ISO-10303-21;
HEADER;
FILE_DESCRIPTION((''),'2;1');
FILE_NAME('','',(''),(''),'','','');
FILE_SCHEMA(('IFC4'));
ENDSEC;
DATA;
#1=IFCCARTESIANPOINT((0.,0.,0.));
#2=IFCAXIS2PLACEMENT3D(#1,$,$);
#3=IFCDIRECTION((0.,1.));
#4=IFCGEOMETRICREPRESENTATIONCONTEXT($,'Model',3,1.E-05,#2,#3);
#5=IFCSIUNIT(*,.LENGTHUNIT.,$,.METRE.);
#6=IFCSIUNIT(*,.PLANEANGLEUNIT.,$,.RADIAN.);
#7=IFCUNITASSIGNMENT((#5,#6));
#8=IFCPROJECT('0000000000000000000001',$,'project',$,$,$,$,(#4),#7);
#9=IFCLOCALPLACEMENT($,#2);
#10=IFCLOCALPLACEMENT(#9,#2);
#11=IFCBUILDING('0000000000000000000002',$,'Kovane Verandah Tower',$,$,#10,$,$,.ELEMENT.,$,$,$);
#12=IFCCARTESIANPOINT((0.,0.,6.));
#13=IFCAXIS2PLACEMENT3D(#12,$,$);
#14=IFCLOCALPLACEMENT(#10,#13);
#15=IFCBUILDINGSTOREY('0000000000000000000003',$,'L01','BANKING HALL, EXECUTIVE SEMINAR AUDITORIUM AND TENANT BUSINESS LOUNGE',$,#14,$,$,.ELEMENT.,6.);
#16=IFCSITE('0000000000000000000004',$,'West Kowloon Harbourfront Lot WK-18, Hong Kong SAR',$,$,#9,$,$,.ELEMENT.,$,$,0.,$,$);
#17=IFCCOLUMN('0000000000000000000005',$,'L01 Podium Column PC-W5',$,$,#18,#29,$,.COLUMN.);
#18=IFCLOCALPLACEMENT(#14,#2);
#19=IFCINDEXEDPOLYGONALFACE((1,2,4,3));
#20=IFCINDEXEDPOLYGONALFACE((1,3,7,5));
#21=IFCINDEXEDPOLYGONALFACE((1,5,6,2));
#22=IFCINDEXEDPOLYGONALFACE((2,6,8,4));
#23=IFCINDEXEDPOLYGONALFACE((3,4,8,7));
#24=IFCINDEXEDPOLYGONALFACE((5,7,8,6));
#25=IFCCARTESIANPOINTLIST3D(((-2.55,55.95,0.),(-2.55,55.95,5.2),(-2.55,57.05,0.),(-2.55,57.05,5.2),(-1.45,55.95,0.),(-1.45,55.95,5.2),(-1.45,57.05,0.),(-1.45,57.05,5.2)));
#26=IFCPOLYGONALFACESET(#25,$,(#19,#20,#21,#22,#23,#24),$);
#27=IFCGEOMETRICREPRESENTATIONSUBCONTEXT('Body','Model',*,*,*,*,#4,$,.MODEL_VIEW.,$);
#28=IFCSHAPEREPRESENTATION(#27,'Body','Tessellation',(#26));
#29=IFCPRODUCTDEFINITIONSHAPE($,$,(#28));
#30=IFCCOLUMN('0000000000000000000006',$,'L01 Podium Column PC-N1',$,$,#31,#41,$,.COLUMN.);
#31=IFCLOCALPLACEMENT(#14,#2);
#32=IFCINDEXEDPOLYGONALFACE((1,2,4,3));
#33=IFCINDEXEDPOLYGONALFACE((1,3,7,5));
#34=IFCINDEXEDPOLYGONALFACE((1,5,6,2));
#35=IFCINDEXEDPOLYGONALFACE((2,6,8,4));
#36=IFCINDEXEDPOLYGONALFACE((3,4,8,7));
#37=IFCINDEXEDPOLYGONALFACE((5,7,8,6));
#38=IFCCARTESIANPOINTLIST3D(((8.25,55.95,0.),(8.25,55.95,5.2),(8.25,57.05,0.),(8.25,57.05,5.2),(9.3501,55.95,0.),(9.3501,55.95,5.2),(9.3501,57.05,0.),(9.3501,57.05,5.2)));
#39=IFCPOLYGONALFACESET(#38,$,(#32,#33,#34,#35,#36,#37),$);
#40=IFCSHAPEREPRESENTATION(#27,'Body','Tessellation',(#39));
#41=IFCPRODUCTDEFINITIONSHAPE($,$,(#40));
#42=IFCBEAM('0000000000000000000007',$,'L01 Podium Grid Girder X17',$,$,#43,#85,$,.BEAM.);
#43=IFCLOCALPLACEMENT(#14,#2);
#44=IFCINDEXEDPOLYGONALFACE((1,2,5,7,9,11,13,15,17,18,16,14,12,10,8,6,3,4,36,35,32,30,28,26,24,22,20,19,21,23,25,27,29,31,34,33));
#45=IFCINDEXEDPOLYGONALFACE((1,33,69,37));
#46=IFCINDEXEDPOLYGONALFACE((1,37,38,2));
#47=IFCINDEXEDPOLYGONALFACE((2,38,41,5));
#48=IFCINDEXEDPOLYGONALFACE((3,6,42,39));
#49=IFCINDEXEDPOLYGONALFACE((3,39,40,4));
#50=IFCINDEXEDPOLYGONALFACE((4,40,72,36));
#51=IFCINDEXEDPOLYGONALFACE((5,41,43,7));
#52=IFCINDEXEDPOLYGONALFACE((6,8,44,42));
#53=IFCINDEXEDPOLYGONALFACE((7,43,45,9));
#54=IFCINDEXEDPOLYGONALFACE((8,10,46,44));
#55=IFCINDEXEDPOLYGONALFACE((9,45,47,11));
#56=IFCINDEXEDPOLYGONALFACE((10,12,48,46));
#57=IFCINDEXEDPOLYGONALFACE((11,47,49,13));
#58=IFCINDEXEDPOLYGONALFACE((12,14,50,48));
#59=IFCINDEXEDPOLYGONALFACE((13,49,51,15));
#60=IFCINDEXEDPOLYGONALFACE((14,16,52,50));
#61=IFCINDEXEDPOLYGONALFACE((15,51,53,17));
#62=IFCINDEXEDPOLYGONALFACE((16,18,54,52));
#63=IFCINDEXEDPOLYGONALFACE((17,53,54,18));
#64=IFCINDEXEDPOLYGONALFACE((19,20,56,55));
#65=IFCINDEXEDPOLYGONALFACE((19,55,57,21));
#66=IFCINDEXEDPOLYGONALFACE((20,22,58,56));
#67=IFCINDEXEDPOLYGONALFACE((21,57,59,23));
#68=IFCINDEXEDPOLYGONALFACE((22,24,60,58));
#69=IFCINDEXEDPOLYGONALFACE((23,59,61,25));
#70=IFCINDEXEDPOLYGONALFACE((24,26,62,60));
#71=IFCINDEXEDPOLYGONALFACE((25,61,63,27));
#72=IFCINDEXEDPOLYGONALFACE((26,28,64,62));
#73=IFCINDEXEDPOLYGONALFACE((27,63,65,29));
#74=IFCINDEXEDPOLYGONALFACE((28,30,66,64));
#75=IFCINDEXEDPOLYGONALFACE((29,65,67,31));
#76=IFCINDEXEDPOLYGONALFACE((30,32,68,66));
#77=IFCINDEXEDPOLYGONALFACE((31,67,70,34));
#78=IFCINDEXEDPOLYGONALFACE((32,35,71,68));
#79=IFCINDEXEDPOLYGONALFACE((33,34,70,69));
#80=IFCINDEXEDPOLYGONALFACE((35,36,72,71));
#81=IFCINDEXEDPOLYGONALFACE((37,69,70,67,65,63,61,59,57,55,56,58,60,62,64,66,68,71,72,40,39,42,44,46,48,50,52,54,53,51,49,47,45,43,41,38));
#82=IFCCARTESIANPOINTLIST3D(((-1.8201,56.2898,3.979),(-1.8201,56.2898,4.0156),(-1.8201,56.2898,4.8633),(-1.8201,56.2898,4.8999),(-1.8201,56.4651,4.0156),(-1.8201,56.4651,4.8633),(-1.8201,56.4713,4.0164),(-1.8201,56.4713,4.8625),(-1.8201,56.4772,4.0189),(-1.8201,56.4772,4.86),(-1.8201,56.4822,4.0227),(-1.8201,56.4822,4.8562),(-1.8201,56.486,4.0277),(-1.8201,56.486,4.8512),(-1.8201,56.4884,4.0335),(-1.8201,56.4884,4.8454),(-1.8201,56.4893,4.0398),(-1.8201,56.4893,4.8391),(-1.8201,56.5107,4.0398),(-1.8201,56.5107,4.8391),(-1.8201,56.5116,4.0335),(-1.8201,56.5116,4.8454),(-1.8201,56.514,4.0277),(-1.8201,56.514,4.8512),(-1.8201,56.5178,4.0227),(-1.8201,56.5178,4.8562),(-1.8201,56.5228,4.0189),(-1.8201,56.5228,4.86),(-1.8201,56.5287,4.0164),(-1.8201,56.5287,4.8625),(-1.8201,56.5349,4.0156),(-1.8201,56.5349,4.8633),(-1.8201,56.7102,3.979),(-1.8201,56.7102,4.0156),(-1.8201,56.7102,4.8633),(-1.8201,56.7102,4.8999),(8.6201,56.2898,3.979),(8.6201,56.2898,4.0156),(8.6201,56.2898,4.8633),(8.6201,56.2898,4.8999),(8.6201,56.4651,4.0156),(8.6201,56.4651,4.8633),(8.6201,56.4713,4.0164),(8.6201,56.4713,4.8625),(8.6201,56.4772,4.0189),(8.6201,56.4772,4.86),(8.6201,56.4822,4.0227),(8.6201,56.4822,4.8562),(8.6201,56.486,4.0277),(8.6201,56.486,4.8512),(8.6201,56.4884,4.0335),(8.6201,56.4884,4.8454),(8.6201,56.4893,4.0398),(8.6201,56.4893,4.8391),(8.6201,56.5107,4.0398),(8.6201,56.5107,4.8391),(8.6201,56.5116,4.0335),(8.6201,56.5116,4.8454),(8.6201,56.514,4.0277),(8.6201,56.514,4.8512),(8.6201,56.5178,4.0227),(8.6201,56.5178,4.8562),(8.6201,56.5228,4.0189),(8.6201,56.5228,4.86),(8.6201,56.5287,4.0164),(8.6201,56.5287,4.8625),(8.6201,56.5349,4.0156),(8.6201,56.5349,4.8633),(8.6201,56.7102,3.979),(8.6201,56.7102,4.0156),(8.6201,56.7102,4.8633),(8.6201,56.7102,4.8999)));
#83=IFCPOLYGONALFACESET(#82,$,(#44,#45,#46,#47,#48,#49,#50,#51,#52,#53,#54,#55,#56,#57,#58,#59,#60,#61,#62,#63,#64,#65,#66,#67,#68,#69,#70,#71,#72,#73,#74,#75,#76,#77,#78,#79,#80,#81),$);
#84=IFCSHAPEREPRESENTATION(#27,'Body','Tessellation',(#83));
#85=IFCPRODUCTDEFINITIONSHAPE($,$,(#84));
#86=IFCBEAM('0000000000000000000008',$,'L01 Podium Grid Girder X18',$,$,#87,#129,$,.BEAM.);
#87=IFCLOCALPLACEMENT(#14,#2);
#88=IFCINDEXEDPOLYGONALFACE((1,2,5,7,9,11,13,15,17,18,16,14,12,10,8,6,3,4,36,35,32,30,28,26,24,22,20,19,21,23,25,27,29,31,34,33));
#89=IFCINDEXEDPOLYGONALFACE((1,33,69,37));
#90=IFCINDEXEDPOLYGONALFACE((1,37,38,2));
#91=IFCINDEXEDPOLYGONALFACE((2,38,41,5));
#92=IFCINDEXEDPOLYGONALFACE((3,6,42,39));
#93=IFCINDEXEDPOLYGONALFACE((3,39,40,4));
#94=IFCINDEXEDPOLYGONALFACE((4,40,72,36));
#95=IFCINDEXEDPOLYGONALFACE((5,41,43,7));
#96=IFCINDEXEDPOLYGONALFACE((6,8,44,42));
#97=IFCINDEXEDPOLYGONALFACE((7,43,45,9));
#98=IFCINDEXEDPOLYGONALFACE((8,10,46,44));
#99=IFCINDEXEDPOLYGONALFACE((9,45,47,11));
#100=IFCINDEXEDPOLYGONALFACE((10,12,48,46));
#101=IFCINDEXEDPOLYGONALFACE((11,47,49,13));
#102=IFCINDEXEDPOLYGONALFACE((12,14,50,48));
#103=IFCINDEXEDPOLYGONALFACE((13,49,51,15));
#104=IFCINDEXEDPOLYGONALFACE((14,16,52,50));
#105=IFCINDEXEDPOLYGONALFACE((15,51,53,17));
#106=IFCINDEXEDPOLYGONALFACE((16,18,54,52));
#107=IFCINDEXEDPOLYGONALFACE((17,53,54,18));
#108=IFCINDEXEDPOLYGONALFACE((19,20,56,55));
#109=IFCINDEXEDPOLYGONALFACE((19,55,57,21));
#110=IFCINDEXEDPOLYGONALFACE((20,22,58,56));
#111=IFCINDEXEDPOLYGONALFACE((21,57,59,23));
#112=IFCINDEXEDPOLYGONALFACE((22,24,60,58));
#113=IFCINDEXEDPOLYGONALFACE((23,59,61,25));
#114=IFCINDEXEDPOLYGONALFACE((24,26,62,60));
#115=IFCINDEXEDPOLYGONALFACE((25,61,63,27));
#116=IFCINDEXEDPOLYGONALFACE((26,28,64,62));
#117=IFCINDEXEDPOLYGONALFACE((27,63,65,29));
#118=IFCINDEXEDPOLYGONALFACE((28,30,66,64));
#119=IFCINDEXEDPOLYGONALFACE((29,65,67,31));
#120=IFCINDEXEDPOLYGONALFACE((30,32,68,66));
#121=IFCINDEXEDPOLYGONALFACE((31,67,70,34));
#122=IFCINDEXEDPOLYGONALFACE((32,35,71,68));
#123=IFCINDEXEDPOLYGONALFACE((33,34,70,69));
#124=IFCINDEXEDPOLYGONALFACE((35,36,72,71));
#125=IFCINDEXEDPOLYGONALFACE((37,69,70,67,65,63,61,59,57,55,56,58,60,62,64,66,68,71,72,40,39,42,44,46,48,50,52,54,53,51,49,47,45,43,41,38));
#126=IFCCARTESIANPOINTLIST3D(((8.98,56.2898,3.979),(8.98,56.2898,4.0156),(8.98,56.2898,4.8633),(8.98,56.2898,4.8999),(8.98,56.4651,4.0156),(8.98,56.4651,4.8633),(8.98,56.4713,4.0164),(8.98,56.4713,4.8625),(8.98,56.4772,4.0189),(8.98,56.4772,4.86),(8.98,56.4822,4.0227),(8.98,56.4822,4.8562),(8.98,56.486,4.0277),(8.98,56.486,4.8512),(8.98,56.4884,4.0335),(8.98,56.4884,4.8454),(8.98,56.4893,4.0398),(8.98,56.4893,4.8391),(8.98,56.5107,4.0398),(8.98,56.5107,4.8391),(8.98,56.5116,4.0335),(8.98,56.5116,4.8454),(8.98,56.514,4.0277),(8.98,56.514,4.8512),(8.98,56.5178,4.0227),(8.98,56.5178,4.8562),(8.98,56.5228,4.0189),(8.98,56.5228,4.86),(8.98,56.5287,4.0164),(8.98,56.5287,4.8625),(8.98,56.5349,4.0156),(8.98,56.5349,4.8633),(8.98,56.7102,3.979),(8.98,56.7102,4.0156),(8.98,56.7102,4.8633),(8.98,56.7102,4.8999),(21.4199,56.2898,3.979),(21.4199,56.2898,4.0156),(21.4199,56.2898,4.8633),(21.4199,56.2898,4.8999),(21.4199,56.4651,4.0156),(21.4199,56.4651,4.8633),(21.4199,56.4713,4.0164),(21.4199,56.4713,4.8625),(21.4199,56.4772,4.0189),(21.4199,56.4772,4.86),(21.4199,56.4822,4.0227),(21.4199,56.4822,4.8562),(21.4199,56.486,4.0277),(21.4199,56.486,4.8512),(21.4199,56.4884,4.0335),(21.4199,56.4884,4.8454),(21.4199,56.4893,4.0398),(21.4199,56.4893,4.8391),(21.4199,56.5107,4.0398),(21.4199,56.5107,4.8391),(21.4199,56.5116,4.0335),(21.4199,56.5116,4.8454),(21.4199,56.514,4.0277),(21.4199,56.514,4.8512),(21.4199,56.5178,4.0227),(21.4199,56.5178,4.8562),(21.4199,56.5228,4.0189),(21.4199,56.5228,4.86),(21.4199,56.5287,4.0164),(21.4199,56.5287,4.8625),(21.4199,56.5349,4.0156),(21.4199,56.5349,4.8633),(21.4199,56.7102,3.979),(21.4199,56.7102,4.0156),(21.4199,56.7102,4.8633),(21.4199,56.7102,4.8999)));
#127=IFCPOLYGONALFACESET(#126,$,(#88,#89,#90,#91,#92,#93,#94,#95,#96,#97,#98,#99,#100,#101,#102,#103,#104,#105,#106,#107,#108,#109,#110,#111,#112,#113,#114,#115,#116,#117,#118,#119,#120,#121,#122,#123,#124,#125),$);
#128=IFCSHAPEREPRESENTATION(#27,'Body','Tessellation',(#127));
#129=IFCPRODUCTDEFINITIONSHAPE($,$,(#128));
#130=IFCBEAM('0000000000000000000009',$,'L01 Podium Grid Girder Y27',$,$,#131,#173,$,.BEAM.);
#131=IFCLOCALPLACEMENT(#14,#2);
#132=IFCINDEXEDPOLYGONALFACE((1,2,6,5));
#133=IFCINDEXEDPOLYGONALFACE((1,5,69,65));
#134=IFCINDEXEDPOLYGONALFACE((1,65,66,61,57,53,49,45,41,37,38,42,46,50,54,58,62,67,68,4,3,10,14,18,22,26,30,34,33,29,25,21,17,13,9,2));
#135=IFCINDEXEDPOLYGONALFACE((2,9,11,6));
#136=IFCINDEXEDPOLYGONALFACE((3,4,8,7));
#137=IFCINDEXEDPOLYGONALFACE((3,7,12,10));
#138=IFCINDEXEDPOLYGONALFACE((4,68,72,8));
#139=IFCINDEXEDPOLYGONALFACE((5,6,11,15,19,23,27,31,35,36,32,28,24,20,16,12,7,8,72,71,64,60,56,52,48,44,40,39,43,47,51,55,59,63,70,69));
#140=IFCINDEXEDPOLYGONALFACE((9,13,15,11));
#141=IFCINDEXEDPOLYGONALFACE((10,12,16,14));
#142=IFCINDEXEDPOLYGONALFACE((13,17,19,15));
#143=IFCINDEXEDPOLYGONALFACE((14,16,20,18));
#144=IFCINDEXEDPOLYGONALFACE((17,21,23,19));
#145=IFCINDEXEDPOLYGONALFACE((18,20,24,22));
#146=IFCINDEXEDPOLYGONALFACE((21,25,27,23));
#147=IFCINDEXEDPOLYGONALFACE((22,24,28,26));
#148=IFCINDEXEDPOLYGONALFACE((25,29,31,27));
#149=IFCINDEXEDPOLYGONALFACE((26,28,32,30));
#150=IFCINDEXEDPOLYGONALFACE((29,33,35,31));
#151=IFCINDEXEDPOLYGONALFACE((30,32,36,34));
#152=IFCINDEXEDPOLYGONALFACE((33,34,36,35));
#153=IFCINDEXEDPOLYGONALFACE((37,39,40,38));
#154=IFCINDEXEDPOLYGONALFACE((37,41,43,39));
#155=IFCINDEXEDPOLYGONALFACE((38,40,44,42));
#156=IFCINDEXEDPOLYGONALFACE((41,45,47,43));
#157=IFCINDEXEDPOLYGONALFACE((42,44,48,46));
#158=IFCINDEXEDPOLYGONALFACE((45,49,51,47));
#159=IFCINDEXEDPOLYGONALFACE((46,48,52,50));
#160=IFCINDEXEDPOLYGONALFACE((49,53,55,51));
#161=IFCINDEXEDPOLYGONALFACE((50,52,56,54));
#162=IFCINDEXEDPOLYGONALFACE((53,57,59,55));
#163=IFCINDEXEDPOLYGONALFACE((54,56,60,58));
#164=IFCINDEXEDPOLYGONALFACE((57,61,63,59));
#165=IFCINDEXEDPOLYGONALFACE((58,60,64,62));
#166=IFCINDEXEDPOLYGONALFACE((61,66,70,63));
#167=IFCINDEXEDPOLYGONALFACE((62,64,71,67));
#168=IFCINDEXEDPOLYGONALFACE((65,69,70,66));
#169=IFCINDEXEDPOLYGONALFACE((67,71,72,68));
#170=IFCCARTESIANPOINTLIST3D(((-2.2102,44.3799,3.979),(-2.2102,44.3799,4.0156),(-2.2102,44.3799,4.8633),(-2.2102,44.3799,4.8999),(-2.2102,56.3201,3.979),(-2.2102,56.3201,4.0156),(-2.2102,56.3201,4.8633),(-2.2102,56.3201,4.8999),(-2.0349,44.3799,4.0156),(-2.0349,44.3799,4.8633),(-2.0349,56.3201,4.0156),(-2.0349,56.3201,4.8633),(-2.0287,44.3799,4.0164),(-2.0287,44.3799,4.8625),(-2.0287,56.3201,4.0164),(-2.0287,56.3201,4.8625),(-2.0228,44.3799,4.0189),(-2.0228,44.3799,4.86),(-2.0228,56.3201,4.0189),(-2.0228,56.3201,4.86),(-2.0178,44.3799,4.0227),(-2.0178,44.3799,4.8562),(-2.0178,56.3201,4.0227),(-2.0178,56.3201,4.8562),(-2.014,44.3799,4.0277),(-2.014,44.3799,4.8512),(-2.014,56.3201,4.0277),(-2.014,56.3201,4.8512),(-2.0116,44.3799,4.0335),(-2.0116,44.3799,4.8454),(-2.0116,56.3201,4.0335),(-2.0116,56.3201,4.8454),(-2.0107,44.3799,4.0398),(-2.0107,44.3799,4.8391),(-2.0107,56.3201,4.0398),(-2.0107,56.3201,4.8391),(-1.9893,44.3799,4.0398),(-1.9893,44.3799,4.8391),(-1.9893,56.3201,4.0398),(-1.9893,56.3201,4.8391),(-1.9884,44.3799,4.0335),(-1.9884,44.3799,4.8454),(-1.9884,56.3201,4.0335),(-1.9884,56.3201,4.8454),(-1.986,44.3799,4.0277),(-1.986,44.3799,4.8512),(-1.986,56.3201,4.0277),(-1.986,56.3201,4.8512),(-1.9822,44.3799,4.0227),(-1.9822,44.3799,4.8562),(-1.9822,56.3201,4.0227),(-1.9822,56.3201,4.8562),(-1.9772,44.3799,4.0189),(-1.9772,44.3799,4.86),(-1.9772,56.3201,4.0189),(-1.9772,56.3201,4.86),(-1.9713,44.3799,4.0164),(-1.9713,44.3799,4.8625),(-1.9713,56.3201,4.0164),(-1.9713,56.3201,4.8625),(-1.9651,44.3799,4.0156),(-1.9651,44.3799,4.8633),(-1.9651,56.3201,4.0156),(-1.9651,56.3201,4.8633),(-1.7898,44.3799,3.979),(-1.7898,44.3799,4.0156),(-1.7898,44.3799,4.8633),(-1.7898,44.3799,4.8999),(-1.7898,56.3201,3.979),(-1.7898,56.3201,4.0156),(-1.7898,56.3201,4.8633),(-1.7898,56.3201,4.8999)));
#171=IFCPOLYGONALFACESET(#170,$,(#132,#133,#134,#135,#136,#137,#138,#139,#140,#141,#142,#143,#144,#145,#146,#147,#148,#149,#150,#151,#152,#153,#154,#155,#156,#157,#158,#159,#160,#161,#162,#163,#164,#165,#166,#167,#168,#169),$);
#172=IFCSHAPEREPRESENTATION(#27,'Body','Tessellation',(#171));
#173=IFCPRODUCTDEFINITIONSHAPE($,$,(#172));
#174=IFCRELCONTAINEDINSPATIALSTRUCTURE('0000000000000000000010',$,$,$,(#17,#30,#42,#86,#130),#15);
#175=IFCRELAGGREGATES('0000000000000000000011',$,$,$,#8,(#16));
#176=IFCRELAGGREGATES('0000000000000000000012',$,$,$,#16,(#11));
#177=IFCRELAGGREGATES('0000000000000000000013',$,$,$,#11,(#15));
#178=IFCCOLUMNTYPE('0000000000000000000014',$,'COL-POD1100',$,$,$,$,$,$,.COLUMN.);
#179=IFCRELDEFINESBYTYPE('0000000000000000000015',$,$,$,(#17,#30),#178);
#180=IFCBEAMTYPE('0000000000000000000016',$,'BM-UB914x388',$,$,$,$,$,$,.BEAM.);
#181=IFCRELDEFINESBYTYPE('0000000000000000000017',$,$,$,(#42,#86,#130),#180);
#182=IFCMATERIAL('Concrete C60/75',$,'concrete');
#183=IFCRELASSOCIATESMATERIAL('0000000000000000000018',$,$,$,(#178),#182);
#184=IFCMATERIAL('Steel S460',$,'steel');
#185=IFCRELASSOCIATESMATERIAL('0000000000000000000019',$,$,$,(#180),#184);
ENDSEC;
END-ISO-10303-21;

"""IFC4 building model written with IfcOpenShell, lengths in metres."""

from ifc_helpers import new_model, si_unit, direction, frame, origin, origin_2d, place, context, subcontext, project, spatial, rectangle, i_section, extrude, material, material_profile, profile_set, type_object, element, save


model = new_model("IFC4")

# Units and contexts
model_context = context("Model", 3, precision=1e-05, world=origin(), true_north=direction((0.0, 1.0)))
body_context = subcontext(model_context, "Body", "Model", "MODEL_VIEW")
ifc_project = project(units=[si_unit("LENGTHUNIT", "METRE"), si_unit("PLANEANGLEUNIT", "RADIAN")], contexts=[model_context])

# Site, building, storey
site_placement = place(None, origin())
site = spatial("IfcSite", under=ifc_project, at=site_placement, Name="West Kowloon Harbourfront Lot WK-18, Hong Kong SAR", CompositionType="ELEMENT", RefElevation=0.0)
building_placement = place(site_placement, origin())
building = spatial("IfcBuilding", under=site, at=building_placement, Name="Kovane Verandah Tower", CompositionType="ELEMENT")
storey_placement = place(building_placement, frame((0.0, 0.0, 6.0)))
storey = spatial("IfcBuildingStorey", under=building, at=storey_placement, Name="L01", Description="BANKING HALL, EXECUTIVE SEMINAR AUDITORIUM AND TENANT BUSINESS LOUNGE", CompositionType="ELEMENT", Elevation=6.0)

# Columns
ifc_material_1 = material(Name="Concrete C60/75", Category="concrete")
ifc_material_profile_1 = material_profile(ifc_material_1, rectangle(XDim=1.1001, YDim=1.1001, at=origin_2d()), Name="RC1100x1100")
ifc_profile_set_1 = profile_set([ifc_material_profile_1], Name="Concrete C60/75")
column_type = type_object("IfcColumnType", Name="COL-POD1100", PredefinedType="COLUMN", material=ifc_profile_set_1)
for number, where, z_axis, x_axis, name in (
    (1, (-2.0, 56.5, 0.0), (0.0, 0.0, 1.0), (1.0, 0.0, 0.0), "L01 Podium Column PC-W5"),
    (2, (8.8, 56.5, 0.0), (0.0, 0.0, 1.0), (1.0, 0.0, 0.0), "L01 Podium Column PC-N1"),
):
    element("IfcColumn", number, at=place(storey_placement, frame(where, z_axis=z_axis, x_axis=x_axis)), inside=storey, type_object=column_type, Name=name, PredefinedType="COLUMN", context=body_context, shape_type="SweptSolid", body=[
        extrude(rectangle(XDim=1.1001, YDim=1.1001, at=origin_2d()), origin(), (0.0, 0.0, 1.0), 5.2),
    ])

# Beams
ifc_material_2 = material(Name="Steel S460", Category="steel")
ifc_material_profile_2 = material_profile(ifc_material_2, i_section(OverallWidth=0.4204, OverallDepth=0.9209, WebThickness=0.0215, FlangeThickness=0.0366, FilletRadius=0.0242, at=origin_2d()), Name="UB914x419x388")
ifc_profile_set_2 = profile_set([ifc_material_profile_2], Name="Steel S460")
beam_type_1 = type_object("IfcBeamType", Name="BM-UB914x388", PredefinedType="BEAM", material=ifc_profile_set_2)
beam_1_placement = place(storey_placement, frame((-1.8201, 56.5, 4.4395), z_axis=(1.0, 0.0, 0.0), x_axis=(0.0, 1.0, 0.0)))
element("IfcBeam", 3, at=beam_1_placement, inside=storey, type_object=beam_type_1, Name="L01 Podium Grid Girder X17", PredefinedType="BEAM", context=body_context, shape_type="SweptSolid", body=[
    extrude(i_section(OverallWidth=0.4204, OverallDepth=0.9209, WebThickness=0.0215, FlangeThickness=0.0366, FilletRadius=0.0242, at=origin_2d()), origin(), (0.0, 0.0, 1.0), 10.4402),
])
beam_2_placement = place(storey_placement, frame((8.98, 56.5, 4.4395), z_axis=(1.0, 0.0, 0.0), x_axis=(0.0, 1.0, 0.0)))
element("IfcBeam", 4, at=beam_2_placement, inside=storey, type_object=beam_type_1, Name="L01 Podium Grid Girder X18", PredefinedType="BEAM", context=body_context, shape_type="SweptSolid", body=[
    extrude(i_section(OverallWidth=0.4204, OverallDepth=0.9209, WebThickness=0.0215, FlangeThickness=0.0366, FilletRadius=0.0242, at=origin_2d()), origin(), (0.0, 0.0, 1.0), 12.4399),
])
for number, where, z_axis, x_axis, name in (
    (5, (-2.0, 44.3799, 4.4395), (0.0, 1.0, 0.0), (-1.0, 0.0, 0.0), "L01 Podium Grid Girder Y27"),
):
    element("IfcBeam", number, at=place(storey_placement, frame(where, z_axis=z_axis, x_axis=x_axis)), inside=storey, type_object=beam_type_1, Name=name, PredefinedType="BEAM", context=body_context, shape_type="SweptSolid", body=[
        extrude(i_section(OverallWidth=0.4204, OverallDepth=0.9209, WebThickness=0.0215, FlangeThickness=0.0366, FilletRadius=0.0242, at=origin_2d()), origin(), (0.0, 0.0, 1.0), 11.9402),
    ])

save(model, "model.ifc")
